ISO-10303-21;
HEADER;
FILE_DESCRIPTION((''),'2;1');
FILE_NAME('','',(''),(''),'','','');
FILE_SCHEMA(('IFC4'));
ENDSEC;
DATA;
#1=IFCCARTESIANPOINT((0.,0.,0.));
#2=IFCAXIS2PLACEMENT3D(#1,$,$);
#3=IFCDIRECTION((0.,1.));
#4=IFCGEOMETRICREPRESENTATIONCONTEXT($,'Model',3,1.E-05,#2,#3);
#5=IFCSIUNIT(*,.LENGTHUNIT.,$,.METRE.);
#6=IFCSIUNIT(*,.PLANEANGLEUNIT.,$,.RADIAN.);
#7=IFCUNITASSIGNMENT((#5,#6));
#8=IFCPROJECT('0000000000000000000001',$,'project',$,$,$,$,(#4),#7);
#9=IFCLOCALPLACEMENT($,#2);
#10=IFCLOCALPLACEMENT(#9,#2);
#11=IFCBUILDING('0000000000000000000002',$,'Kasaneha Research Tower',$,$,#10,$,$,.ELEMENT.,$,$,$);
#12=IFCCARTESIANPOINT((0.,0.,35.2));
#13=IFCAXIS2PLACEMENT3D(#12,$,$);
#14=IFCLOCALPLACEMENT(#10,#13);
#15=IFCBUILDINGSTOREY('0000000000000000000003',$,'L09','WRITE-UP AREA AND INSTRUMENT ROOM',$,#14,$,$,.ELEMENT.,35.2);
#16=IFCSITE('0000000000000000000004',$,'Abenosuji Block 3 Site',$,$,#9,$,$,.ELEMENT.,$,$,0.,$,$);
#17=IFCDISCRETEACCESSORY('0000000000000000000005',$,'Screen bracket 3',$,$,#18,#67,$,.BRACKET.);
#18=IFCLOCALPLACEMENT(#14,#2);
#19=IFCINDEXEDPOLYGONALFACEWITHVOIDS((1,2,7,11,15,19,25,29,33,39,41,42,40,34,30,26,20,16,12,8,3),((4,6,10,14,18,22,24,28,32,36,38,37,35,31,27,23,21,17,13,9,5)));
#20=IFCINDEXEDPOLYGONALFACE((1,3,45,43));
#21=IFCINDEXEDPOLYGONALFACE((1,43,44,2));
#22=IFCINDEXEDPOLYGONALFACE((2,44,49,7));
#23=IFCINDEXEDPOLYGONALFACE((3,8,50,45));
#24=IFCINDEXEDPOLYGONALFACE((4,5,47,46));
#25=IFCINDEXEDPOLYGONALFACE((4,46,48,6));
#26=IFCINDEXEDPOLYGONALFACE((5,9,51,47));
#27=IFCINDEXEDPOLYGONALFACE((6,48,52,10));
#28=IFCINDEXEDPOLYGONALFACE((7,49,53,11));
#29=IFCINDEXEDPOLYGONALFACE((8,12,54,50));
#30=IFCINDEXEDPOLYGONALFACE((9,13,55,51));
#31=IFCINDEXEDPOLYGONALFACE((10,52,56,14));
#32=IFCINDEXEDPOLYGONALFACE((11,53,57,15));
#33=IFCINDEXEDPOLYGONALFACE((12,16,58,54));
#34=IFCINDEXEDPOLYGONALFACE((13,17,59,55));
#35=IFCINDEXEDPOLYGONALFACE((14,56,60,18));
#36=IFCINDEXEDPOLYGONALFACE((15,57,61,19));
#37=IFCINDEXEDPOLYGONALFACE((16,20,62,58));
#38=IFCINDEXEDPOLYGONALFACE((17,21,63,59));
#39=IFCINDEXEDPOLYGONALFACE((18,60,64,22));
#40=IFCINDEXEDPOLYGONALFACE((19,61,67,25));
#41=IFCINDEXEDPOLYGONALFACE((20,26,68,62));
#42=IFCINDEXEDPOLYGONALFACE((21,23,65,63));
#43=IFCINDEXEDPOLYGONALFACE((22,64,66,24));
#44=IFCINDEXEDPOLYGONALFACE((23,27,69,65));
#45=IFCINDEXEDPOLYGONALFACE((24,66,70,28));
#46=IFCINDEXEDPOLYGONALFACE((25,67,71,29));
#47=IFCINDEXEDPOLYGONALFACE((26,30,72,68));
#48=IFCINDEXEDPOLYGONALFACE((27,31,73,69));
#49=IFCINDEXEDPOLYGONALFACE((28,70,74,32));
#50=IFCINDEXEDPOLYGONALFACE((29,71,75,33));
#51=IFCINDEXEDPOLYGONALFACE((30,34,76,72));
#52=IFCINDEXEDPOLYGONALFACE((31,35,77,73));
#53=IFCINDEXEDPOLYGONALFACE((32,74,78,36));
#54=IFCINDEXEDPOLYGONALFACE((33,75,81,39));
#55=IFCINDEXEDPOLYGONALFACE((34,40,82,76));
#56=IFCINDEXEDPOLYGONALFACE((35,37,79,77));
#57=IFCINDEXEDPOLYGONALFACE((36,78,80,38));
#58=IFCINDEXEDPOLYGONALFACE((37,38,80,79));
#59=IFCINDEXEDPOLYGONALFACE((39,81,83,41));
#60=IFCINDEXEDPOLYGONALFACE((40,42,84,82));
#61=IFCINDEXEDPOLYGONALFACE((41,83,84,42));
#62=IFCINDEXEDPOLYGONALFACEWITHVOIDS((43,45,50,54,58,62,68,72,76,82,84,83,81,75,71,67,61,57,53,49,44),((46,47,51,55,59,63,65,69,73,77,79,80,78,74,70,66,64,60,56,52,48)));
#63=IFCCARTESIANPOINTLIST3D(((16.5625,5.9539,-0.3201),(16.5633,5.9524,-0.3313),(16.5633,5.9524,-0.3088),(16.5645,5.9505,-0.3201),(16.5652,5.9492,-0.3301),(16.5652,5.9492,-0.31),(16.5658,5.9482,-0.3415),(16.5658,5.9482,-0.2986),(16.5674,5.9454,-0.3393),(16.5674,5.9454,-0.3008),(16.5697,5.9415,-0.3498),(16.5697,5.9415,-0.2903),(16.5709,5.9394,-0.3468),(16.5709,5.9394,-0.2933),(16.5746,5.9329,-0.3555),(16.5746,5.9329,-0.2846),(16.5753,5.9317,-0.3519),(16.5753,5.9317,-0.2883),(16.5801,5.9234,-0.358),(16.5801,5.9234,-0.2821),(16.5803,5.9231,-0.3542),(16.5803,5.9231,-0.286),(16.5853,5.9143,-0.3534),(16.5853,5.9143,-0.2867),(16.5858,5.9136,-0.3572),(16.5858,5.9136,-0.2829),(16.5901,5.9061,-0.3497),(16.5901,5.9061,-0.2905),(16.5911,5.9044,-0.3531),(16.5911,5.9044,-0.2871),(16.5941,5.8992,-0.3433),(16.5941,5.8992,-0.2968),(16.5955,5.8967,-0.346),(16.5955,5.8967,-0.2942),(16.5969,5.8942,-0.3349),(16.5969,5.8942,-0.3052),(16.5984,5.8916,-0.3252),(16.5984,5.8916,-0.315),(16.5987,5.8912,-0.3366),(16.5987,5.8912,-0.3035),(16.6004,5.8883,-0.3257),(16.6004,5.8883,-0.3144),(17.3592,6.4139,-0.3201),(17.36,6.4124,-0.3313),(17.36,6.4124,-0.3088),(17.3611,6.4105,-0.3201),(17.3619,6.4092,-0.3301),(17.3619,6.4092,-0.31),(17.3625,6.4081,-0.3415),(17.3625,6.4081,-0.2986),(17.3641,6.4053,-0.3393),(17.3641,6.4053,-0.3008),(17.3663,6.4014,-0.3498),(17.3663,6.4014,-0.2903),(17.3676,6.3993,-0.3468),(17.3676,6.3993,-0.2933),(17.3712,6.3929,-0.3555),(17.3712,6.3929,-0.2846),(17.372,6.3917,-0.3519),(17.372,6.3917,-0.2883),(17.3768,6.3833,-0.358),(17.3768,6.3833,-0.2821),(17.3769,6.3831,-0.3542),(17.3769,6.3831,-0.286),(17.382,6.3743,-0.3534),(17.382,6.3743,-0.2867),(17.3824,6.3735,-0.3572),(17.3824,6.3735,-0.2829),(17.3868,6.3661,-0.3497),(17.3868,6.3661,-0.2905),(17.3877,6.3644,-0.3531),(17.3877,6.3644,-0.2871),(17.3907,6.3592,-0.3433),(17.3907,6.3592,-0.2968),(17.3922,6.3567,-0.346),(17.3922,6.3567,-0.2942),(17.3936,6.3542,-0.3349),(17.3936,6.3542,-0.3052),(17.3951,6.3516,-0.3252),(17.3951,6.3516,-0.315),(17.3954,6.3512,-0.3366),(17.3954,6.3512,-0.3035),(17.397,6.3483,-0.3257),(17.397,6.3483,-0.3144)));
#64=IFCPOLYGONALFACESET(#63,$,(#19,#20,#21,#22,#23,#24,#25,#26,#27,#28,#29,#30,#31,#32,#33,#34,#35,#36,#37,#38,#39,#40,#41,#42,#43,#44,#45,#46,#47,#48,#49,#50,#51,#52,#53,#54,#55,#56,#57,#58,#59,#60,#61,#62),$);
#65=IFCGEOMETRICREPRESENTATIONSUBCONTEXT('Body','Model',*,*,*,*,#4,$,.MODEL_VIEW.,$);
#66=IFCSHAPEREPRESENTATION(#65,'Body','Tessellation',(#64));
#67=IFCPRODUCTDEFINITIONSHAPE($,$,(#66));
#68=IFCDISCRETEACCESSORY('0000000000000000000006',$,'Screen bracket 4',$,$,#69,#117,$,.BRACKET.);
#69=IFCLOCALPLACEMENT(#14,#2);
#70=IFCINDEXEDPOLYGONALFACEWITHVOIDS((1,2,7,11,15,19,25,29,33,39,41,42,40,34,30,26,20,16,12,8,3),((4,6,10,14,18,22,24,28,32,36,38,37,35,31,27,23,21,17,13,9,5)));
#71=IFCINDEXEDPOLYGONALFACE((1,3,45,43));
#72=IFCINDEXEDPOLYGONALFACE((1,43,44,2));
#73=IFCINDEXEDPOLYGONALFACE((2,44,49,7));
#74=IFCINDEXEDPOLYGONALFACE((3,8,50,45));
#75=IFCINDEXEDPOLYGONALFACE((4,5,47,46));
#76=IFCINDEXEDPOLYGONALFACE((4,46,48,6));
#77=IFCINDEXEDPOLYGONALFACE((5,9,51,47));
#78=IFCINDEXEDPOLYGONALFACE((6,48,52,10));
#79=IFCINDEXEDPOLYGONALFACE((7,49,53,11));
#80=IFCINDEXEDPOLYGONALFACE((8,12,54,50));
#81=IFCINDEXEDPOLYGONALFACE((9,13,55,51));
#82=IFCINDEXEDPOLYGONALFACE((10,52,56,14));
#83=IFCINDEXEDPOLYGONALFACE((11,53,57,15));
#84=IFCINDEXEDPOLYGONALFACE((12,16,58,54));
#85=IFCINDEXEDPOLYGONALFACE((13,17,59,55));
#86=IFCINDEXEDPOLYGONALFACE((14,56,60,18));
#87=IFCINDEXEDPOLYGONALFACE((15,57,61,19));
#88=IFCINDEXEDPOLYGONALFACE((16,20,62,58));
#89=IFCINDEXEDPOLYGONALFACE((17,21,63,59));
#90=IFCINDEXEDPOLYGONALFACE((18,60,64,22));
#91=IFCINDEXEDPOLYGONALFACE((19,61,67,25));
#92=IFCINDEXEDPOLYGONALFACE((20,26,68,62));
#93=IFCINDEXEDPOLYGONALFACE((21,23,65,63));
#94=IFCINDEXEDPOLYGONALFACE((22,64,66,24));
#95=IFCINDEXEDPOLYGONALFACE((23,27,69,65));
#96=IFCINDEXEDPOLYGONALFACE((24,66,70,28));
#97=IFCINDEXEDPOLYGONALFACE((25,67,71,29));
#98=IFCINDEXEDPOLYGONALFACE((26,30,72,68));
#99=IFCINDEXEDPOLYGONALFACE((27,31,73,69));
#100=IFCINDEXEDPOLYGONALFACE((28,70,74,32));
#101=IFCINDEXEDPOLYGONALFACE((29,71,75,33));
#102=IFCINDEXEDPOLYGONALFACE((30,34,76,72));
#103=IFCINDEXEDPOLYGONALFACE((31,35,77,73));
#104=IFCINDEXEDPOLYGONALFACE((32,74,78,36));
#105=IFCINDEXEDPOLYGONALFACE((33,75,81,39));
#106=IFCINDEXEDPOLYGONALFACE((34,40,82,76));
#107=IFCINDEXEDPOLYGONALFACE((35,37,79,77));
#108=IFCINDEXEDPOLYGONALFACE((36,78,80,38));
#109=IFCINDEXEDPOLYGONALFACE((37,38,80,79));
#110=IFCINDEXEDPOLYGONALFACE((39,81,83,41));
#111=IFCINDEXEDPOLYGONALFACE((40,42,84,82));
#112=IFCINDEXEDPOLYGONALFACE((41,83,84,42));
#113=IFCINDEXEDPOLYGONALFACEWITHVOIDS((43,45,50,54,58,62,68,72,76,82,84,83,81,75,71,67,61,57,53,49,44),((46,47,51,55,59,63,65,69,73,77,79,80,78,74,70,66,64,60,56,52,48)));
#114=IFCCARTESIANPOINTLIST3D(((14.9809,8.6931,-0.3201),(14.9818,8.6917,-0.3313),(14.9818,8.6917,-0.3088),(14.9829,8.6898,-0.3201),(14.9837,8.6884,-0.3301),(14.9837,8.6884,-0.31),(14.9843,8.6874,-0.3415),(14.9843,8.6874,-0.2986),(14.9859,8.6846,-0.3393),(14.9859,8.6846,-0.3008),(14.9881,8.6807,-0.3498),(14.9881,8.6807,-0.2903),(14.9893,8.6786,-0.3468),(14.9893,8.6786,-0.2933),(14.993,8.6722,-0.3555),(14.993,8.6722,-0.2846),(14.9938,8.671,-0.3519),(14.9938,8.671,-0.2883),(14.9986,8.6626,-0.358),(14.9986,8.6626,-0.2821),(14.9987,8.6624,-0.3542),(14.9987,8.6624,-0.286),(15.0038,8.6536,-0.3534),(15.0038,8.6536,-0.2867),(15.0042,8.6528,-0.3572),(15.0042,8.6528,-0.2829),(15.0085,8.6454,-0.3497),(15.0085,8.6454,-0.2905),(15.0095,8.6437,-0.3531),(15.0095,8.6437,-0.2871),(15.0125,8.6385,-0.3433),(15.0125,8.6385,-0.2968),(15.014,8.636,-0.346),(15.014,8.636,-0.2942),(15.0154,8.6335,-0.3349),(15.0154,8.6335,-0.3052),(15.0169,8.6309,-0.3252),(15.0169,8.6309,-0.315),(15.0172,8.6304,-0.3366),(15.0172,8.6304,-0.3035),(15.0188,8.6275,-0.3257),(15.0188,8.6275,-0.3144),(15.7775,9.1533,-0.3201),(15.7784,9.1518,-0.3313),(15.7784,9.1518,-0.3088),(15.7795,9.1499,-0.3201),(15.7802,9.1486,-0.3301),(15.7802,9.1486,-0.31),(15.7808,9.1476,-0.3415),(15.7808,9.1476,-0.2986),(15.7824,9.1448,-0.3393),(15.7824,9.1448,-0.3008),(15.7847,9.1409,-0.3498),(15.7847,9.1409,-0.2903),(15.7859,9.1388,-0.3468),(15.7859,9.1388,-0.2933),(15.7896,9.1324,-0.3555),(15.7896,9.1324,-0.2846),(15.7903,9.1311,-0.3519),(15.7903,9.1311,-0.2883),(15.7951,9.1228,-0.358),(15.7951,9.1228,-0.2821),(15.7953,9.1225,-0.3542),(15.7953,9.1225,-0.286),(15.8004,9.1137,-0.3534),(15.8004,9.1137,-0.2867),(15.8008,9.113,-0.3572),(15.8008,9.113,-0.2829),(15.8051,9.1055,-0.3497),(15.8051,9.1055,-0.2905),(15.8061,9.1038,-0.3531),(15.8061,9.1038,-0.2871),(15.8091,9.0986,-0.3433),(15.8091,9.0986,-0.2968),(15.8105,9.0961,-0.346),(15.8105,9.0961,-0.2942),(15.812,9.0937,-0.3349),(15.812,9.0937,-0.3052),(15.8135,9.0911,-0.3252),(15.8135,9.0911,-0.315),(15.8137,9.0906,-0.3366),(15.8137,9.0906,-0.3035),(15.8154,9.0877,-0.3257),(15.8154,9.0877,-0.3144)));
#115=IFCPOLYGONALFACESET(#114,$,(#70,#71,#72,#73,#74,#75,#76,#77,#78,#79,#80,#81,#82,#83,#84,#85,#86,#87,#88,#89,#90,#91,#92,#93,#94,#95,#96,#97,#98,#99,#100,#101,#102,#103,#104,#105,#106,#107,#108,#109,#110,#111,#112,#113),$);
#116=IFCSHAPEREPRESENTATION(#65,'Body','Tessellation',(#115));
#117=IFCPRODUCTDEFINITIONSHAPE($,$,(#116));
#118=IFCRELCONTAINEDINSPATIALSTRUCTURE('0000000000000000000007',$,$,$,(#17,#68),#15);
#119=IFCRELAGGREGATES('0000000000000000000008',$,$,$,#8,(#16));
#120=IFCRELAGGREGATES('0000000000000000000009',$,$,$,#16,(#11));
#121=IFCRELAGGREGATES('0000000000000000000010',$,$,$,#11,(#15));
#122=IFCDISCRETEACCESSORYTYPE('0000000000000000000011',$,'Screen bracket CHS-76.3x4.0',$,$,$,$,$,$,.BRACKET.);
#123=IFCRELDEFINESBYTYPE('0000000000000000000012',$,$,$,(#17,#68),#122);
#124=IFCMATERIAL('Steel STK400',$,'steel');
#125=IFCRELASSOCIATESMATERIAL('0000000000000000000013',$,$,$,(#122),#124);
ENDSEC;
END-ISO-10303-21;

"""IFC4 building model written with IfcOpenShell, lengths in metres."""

from ifc_helpers import new_model, si_unit, direction, frame, origin, origin_2d, place, context, subcontext, project, spatial, hollow_circle, extrude, material, material_profile, profile_set, type_object, element, save


model = new_model("IFC4")

# Units and contexts
model_context = context("Model", 3, precision=1e-05, world=origin(), true_north=direction((0.0, 1.0)))
body_context = subcontext(model_context, "Body", "Model", "MODEL_VIEW")
ifc_project = project(units=[si_unit("LENGTHUNIT", "METRE"), si_unit("PLANEANGLEUNIT", "RADIAN")], contexts=[model_context])

# Site, building, storey
site_placement = place(None, origin())
site = spatial("IfcSite", under=ifc_project, at=site_placement, Name="Abenosuji Block 3 Site", CompositionType="ELEMENT", RefElevation=0.0)
building_placement = place(site_placement, origin())
building = spatial("IfcBuilding", under=site, at=building_placement, Name="Kasaneha Research Tower", CompositionType="ELEMENT")
storey_placement = place(building_placement, frame((0.0, 0.0, 35.2)))
storey = spatial("IfcBuildingStorey", under=building, at=storey_placement, Name="L09", Description="WRITE-UP AREA AND INSTRUMENT ROOM", CompositionType="ELEMENT", Elevation=35.2)

# Discrete accessories
ifc_material_1 = material(Name="Steel STK400", Category="steel")
ifc_material_profile_1 = material_profile(ifc_material_1, hollow_circle(Radius=0.0381, WallThickness=0.0039, at=origin_2d()), Name="CHS-76.3x4.0")
ifc_profile_set_1 = profile_set([ifc_material_profile_1], Name="Steel STK400")
discrete_accessory_type = type_object("IfcDiscreteAccessoryType", Name="Screen bracket CHS-76.3x4.0", PredefinedType="BRACKET", material=ifc_profile_set_1)
for number, where, z_axis, x_axis, name in (
    (1, (16.5815, 5.9209, -0.3201), (0.866013, 0.500021, 0.0), (-0.500021, 0.866013, 0.0), "Screen bracket 3"),
    (2, (15.0, 8.6602, -0.3201), (0.865898, 0.50022, 0.0), (-0.50022, 0.865898, 0.0), "Screen bracket 4"),
):
    element("IfcDiscreteAccessory", number, at=place(storey_placement, frame(where, z_axis=z_axis, x_axis=x_axis)), inside=storey, type_object=discrete_accessory_type, Name=name, PredefinedType="BRACKET", context=body_context, shape_type="SweptSolid", body=[
        extrude(hollow_circle(Radius=0.0381, WallThickness=0.0039, at=origin_2d()), origin(), (0.0, 0.0, 1.0), 0.9199),
    ])

save(model, "model.ifc")
